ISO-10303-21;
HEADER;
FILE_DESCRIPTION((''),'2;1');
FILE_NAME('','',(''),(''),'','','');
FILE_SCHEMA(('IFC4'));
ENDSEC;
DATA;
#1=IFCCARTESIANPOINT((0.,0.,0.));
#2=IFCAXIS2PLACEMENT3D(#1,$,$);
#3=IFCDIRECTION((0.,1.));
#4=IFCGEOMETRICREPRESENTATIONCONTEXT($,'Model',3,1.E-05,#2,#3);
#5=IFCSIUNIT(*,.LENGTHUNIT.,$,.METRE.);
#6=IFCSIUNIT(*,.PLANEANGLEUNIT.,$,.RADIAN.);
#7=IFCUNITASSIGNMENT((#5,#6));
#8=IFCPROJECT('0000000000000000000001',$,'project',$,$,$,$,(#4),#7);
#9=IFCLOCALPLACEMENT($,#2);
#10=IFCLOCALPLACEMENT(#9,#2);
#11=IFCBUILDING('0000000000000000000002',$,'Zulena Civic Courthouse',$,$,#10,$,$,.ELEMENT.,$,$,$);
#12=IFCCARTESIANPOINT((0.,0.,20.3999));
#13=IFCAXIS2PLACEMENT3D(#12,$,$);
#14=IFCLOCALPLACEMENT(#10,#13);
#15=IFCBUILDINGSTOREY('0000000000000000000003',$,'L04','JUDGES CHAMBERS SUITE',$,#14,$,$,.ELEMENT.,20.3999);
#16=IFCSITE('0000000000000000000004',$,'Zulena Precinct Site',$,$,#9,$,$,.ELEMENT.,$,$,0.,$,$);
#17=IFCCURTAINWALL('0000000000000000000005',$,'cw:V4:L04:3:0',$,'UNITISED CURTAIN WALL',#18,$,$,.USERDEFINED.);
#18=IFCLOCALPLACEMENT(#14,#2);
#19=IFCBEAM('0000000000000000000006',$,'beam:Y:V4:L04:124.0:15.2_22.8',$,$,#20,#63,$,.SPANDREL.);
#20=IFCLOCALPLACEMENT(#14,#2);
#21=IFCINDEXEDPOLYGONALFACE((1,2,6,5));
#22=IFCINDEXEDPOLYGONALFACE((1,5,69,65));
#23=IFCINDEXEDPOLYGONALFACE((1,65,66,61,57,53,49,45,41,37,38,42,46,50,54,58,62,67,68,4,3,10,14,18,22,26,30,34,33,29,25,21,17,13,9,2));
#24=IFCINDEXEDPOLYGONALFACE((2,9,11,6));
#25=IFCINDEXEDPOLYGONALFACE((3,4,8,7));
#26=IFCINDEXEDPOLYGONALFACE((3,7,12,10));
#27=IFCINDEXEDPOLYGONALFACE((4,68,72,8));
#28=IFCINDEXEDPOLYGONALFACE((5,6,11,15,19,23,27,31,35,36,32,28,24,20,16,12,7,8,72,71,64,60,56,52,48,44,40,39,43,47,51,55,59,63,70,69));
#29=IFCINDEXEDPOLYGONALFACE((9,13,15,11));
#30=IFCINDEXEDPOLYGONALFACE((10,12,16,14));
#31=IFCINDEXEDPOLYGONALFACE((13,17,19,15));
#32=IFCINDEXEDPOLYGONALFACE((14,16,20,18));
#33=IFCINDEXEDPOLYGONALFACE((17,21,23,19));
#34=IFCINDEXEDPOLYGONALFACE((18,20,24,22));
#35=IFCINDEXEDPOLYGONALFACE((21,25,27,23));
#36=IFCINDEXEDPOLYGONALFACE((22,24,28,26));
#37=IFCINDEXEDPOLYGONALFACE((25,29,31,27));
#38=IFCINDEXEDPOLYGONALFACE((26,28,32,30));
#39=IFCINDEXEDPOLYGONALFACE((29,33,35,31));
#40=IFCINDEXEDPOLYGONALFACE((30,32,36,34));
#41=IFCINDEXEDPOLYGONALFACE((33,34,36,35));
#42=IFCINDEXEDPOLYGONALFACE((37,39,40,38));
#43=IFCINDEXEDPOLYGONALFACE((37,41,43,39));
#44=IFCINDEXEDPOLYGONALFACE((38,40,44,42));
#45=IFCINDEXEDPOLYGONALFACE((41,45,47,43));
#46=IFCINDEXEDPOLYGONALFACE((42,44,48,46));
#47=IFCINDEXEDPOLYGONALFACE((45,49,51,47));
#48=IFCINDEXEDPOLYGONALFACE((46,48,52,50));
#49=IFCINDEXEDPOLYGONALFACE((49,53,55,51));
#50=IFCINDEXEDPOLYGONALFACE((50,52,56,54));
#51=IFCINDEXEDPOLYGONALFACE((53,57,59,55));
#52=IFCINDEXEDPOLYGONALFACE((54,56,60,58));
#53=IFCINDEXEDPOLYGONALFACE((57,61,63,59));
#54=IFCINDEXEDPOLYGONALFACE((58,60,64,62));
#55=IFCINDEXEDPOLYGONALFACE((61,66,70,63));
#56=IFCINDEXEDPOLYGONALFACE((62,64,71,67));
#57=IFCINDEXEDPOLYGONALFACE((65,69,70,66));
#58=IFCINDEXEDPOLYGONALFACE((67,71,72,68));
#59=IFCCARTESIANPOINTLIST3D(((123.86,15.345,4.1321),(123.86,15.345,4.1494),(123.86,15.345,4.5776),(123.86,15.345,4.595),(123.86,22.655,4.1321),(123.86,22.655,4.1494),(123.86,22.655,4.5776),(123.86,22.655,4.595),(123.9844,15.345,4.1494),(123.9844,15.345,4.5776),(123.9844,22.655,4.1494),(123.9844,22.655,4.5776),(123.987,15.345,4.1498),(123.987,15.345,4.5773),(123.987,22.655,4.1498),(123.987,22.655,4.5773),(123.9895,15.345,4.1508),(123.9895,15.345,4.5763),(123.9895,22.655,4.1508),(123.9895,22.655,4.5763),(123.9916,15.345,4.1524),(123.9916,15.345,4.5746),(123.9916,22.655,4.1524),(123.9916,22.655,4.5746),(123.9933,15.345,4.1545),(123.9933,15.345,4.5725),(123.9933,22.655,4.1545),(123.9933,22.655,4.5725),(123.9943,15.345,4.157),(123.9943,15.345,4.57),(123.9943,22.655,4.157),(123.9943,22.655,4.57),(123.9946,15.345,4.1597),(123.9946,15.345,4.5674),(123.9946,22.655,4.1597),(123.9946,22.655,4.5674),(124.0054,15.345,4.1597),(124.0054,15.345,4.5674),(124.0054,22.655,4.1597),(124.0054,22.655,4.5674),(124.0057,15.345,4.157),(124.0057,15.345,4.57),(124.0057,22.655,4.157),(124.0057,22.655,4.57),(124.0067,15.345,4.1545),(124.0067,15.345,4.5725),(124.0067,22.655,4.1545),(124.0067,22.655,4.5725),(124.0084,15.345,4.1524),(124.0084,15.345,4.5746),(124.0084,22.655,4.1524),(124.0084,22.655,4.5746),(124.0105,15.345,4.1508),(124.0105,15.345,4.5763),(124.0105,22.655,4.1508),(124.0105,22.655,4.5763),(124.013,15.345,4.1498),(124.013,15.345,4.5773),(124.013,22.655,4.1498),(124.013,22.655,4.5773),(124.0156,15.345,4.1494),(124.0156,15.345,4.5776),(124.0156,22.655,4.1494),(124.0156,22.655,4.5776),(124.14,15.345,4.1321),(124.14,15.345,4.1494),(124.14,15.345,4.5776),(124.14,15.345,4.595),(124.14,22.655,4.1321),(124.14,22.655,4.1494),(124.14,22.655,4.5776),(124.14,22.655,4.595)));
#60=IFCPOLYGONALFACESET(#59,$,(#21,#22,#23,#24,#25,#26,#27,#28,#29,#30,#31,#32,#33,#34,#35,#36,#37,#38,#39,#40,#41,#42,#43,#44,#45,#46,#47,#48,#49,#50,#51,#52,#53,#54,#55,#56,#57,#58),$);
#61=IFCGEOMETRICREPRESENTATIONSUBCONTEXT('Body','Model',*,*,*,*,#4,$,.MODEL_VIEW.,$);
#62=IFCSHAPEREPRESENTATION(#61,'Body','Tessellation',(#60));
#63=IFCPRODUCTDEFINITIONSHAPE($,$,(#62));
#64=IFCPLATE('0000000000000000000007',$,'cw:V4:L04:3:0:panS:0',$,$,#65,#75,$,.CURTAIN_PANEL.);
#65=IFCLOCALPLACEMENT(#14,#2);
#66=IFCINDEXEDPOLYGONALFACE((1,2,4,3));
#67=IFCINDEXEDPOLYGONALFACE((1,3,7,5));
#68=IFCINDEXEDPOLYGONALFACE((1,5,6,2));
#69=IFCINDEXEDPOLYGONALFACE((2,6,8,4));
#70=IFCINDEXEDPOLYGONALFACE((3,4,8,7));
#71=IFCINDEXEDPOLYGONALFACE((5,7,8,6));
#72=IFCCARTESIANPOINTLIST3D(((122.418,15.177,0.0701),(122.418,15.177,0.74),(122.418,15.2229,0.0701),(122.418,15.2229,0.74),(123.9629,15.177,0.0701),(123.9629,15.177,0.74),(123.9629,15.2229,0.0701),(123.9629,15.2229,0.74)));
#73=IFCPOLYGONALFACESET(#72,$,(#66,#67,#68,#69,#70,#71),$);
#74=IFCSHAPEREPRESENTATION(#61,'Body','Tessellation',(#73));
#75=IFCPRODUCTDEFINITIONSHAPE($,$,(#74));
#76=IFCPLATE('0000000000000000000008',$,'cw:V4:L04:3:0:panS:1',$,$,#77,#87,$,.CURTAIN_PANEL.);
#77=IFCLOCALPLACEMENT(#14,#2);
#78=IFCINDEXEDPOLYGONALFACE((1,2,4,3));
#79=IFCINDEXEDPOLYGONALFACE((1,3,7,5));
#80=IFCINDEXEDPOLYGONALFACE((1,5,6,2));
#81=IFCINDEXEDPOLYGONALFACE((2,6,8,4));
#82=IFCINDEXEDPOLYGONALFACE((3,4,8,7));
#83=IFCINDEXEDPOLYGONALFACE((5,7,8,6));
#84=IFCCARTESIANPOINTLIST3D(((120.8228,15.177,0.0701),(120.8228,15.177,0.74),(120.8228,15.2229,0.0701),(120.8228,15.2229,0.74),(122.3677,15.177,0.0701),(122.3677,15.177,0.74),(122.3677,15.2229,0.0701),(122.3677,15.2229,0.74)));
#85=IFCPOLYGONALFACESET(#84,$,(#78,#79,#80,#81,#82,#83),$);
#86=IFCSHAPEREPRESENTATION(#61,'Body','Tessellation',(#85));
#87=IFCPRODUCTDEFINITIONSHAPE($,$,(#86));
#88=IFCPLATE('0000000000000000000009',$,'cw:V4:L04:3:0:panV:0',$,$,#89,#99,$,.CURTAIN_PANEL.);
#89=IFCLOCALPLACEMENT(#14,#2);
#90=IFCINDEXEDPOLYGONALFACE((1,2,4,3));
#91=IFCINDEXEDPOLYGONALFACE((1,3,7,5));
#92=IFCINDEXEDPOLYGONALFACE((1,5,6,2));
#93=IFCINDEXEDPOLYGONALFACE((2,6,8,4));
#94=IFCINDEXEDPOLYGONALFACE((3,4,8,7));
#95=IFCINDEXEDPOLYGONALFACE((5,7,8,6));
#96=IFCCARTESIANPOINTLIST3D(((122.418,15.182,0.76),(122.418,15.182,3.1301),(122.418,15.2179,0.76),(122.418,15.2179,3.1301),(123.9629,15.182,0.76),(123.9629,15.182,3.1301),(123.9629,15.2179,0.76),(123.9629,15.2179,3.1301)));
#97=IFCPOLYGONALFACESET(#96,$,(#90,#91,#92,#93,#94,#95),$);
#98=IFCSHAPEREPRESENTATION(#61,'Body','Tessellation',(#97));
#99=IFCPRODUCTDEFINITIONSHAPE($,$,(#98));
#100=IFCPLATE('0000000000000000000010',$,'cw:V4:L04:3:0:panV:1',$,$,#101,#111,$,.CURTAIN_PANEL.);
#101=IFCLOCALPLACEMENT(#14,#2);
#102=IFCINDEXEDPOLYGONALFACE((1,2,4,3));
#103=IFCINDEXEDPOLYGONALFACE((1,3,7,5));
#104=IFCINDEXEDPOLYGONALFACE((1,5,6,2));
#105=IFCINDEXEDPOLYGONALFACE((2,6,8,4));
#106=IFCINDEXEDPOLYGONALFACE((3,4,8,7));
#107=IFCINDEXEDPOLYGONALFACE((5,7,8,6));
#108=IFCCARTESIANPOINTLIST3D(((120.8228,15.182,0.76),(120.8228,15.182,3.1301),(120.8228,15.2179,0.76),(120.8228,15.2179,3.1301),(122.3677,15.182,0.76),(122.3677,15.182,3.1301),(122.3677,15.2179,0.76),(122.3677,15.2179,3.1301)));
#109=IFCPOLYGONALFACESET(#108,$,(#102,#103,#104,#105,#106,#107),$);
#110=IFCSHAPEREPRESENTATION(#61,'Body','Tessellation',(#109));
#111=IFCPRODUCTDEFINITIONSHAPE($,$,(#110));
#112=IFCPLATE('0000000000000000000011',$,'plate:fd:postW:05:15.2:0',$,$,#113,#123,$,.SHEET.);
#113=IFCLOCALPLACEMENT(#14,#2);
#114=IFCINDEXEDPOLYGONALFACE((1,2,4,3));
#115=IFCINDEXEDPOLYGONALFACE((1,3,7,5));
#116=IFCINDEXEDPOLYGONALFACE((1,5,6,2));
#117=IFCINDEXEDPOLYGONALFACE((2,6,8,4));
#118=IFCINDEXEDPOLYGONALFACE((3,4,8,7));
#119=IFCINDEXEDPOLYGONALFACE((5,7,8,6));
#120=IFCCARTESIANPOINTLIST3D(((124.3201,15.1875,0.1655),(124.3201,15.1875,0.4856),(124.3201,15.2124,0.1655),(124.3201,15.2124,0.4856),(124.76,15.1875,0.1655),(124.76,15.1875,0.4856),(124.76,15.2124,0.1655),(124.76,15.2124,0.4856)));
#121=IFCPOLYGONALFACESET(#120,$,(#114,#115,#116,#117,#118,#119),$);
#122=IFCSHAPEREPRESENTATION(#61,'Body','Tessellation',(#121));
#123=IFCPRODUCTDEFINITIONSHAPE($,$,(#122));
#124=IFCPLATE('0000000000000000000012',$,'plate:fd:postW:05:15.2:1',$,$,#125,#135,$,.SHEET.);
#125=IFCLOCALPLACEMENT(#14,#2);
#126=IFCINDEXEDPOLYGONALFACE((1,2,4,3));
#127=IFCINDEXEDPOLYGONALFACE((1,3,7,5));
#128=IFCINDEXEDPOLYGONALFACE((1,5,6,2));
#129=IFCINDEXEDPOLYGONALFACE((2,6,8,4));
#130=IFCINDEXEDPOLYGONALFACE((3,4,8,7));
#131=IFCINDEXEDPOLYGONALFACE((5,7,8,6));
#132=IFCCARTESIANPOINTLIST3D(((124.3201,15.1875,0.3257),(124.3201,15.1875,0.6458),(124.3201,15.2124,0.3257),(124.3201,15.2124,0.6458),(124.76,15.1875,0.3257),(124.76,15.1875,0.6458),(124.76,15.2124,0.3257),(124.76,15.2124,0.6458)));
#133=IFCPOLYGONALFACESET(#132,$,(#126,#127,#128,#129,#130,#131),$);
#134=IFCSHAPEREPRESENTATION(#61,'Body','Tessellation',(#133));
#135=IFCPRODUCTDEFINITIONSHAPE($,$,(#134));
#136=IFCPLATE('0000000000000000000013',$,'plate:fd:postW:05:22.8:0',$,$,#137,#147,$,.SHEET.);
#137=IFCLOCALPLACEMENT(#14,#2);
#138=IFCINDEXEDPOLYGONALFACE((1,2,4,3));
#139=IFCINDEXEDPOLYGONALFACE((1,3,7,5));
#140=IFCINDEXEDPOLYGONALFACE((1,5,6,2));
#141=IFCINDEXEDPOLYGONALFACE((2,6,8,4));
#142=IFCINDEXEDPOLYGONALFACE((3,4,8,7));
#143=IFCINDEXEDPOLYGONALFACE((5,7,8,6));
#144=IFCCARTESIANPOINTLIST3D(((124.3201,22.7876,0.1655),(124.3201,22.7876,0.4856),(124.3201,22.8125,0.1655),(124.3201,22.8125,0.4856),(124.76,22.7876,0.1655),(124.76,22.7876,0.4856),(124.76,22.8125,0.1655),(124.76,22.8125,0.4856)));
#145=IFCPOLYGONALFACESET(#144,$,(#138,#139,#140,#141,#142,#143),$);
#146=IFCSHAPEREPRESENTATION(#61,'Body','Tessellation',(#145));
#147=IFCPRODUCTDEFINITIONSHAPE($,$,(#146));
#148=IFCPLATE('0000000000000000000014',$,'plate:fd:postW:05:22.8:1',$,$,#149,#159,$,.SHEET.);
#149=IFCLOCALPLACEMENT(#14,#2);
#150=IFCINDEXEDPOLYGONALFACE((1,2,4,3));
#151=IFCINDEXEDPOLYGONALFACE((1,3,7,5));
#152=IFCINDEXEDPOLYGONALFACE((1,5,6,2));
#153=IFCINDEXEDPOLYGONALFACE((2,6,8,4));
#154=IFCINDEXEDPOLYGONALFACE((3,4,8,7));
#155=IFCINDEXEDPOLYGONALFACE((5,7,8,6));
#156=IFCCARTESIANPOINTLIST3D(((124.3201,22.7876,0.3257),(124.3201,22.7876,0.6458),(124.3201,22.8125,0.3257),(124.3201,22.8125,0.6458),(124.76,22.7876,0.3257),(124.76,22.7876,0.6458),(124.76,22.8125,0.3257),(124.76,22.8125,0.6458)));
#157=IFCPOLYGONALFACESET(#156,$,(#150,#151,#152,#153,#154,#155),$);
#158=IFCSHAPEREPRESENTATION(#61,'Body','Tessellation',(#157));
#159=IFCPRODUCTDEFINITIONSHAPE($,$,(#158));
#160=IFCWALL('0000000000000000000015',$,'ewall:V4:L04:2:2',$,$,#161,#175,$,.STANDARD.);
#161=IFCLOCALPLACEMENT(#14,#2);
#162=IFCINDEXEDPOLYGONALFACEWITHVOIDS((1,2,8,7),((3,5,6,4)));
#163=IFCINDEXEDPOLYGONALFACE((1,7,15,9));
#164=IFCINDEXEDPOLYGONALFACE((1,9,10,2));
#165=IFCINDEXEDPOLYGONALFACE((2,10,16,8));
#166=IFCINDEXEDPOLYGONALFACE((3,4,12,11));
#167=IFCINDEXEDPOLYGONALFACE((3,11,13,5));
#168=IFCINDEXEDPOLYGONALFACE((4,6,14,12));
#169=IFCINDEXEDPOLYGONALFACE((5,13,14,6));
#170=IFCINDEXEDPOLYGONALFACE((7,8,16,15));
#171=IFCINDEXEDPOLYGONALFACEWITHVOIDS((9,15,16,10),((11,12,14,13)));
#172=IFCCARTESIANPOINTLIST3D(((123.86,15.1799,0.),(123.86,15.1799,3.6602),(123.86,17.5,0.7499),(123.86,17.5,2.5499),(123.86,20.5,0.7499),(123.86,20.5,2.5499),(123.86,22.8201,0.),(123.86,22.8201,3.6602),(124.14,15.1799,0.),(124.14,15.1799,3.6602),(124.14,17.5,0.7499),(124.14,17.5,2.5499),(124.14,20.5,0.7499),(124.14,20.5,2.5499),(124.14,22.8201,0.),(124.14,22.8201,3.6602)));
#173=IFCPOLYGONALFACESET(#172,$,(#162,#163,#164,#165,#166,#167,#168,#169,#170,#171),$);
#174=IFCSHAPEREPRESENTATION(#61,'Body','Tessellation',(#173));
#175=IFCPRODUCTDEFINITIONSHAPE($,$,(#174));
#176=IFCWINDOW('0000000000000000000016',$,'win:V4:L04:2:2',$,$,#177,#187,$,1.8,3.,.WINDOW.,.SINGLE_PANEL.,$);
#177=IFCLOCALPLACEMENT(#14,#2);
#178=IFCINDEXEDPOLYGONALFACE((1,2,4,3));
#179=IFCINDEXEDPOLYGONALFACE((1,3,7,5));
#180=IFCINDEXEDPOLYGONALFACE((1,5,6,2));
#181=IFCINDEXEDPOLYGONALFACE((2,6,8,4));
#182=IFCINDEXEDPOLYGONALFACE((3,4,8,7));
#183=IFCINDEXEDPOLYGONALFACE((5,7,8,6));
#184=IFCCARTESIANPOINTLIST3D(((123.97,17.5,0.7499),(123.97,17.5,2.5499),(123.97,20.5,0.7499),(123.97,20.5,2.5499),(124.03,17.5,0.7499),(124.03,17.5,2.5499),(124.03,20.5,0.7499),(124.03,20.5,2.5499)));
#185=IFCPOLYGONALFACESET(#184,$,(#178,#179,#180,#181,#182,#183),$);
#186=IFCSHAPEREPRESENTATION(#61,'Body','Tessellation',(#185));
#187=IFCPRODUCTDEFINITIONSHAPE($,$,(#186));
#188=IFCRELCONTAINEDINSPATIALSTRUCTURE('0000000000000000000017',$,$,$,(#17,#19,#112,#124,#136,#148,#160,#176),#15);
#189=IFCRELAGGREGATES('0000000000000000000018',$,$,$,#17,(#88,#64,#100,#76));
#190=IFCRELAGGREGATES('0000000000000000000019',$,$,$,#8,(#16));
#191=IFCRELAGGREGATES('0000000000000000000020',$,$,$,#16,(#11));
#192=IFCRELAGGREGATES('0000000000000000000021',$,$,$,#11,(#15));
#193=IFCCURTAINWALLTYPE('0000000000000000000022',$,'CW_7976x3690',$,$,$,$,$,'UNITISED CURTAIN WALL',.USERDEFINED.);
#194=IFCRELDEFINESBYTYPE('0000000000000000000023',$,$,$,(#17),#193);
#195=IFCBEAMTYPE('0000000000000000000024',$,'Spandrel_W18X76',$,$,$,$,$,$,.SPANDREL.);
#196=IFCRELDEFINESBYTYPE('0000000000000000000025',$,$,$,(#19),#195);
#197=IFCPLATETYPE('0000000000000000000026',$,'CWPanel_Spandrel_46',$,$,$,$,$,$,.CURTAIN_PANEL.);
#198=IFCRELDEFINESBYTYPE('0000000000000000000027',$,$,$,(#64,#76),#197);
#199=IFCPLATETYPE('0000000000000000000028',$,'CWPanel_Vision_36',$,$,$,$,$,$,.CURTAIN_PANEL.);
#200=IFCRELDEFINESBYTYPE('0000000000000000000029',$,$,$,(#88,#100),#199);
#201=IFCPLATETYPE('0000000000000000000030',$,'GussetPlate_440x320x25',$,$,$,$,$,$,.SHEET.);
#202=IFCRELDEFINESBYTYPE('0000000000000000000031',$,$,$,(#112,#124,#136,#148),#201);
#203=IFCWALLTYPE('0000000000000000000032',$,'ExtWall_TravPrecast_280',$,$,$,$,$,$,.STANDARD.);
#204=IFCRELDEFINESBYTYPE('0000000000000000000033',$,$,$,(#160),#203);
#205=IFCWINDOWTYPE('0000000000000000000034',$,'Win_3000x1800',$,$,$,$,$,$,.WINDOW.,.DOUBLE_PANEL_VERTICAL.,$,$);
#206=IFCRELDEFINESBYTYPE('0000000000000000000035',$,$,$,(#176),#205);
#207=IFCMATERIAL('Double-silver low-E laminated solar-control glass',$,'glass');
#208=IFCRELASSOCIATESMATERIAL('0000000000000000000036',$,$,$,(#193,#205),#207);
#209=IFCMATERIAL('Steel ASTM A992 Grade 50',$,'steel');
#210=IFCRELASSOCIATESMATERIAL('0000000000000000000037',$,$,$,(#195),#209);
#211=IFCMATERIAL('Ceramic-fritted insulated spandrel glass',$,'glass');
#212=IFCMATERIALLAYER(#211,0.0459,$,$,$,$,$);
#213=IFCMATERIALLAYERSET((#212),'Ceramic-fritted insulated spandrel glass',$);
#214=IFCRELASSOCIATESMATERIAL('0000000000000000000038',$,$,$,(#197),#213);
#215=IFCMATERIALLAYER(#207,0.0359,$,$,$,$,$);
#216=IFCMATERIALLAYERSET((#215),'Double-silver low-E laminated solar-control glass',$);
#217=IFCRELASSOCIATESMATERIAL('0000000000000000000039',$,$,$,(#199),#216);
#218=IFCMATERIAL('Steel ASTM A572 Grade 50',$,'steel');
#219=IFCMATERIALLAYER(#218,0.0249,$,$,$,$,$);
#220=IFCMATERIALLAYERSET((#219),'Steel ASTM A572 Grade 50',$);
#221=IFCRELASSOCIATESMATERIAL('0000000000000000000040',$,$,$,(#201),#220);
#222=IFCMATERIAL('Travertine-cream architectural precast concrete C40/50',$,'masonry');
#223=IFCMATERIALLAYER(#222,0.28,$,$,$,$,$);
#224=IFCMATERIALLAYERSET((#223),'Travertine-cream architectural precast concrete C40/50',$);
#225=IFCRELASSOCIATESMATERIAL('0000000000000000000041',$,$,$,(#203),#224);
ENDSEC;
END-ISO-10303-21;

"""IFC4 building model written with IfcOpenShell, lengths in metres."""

from ifc_helpers import new_model, si_unit, direction, frame, frame_2d, origin, origin_2d, place, context, subcontext, project, spatial, rectangle, i_section, extrude, material, layer, layer_set, material_profile, profile_set, type_object, element, fill, aggregate, save


model = new_model("IFC4")

# Units and contexts
model_context = context("Model", 3, precision=1e-05, world=origin(), true_north=direction((0.0, 1.0)))
body_context = subcontext(model_context, "Body", "Model", "MODEL_VIEW")
ifc_project = project(units=[si_unit("LENGTHUNIT", "METRE"), si_unit("PLANEANGLEUNIT", "RADIAN")], contexts=[model_context])

# Site, building, storey
site_placement = place(None, origin())
site = spatial("IfcSite", under=ifc_project, at=site_placement, Name="Zulena Precinct Site", CompositionType="ELEMENT", RefElevation=0.0)
building_placement = place(site_placement, origin())
building = spatial("IfcBuilding", under=site, at=building_placement, Name="Zulena Civic Courthouse", CompositionType="ELEMENT")
storey_placement = place(building_placement, frame((0.0, 0.0, 20.3999)))
storey = spatial("IfcBuildingStorey", under=building, at=storey_placement, Name="L04", Description="JUDGES CHAMBERS SUITE", CompositionType="ELEMENT", Elevation=20.3999)

# Shared definitions
ifc_material_1 = material(Name="Steel ASTM A992 Grade 50", Category="steel")

# Curtain wall
ifc_material_2 = material(Name="Double-silver low-E laminated solar-control glass", Category="glass")
curtain_wall_type = type_object("IfcCurtainWallType", Name="CW_7976x3690", ElementType="UNITISED CURTAIN WALL", PredefinedType="USERDEFINED", material=ifc_material_2)
curtain_wall_placement = place(storey_placement, origin())
curtain_wall = element("IfcCurtainWall", 1, at=curtain_wall_placement, inside=storey, type_object=curtain_wall_type, Name="cw:V4:L04:3:0", ObjectType="UNITISED CURTAIN WALL", PredefinedType="USERDEFINED")

# Beam
ifc_material_profile_1 = material_profile(ifc_material_1, i_section(OverallWidth=0.28, OverallDepth=0.4629, WebThickness=0.0107, FlangeThickness=0.0173, FilletRadius=0.0103, at=origin_2d()), Name="W18X76")
ifc_profile_set_1 = profile_set([ifc_material_profile_1], Name="Steel ASTM A992 Grade 50")
beam_type_1 = type_object("IfcBeamType", Name="Spandrel_W18X76", PredefinedType="SPANDREL", material=ifc_profile_set_1)
beam_1_placement = place(storey_placement, frame((124.0, 15.345, 4.3635), z_axis=(0.0, 1.0, 0.0), x_axis=(-1.0, 0.0, 0.0)))
element("IfcBeam", 2, at=beam_1_placement, inside=storey, type_object=beam_type_1, Name="beam:Y:V4:L04:124.0:15.2_22.8", PredefinedType="SPANDREL", context=body_context, shape_type="SweptSolid", body=[
    extrude(i_section(OverallWidth=0.28, OverallDepth=0.4629, WebThickness=0.0107, FlangeThickness=0.0173, FilletRadius=0.0103, at=origin_2d()), origin(), (0.0, 0.0, 1.0), 7.3101),
])

# Plates
ifc_material_3 = material(Name="Ceramic-fritted insulated spandrel glass", Category="glass")
ifc_layer_1 = layer(ifc_material_3, 0.0459)
ifc_layer_set_1 = layer_set([ifc_layer_1], Name="Ceramic-fritted insulated spandrel glass")
plate_type_1 = type_object("IfcPlateType", Name="CWPanel_Spandrel_46", PredefinedType="CURTAIN_PANEL", material=ifc_layer_set_1)
plate_1_placement = place(storey_placement, frame((123.1904, 15.2, 0.0701), z_axis=(0.0, 0.0, 1.0), x_axis=(-1.0, 0.0, 0.0)))
plate_1 = element("IfcPlate", 3, at=plate_1_placement, type_object=plate_type_1, Name="cw:V4:L04:3:0:panS:0", PredefinedType="CURTAIN_PANEL", context=body_context, shape_type="SweptSolid", body=[
    extrude(rectangle(XDim=1.5449, YDim=0.0459, at=origin_2d()), origin(), (0.0, 0.0, 1.0), 0.6699),
])
plate_2_placement = place(storey_placement, frame((121.5952, 15.2, 0.0701), z_axis=(0.0, 0.0, 1.0), x_axis=(-1.0, 0.0, 0.0)))
plate_2 = element("IfcPlate", 4, at=plate_2_placement, type_object=plate_type_1, Name="cw:V4:L04:3:0:panS:1", PredefinedType="CURTAIN_PANEL", context=body_context, shape_type="SweptSolid", body=[
    extrude(rectangle(XDim=1.5449, YDim=0.0459, at=origin_2d()), origin(), (0.0, 0.0, 1.0), 0.6699),
])
ifc_layer_2 = layer(ifc_material_2, 0.0359)
ifc_layer_set_2 = layer_set([ifc_layer_2], Name="Double-silver low-E laminated solar-control glass")
plate_type_2 = type_object("IfcPlateType", Name="CWPanel_Vision_36", PredefinedType="CURTAIN_PANEL", material=ifc_layer_set_2)
plate_3_placement = place(storey_placement, frame((123.1904, 15.2, 0.76), z_axis=(0.0, 0.0, 1.0), x_axis=(-1.0, 0.0, 0.0)))
plate_3 = element("IfcPlate", 5, at=plate_3_placement, type_object=plate_type_2, Name="cw:V4:L04:3:0:panV:0", PredefinedType="CURTAIN_PANEL", context=body_context, shape_type="SweptSolid", body=[
    extrude(rectangle(XDim=1.5449, YDim=0.0359, at=origin_2d()), origin(), (0.0, 0.0, 1.0), 2.3701),
])
plate_4_placement = place(storey_placement, frame((121.5952, 15.2, 0.76), z_axis=(0.0, 0.0, 1.0), x_axis=(-1.0, 0.0, 0.0)))
plate_4 = element("IfcPlate", 6, at=plate_4_placement, type_object=plate_type_2, Name="cw:V4:L04:3:0:panV:1", PredefinedType="CURTAIN_PANEL", context=body_context, shape_type="SweptSolid", body=[
    extrude(rectangle(XDim=1.5449, YDim=0.0359, at=origin_2d()), origin(), (0.0, 0.0, 1.0), 2.3701),
])
aggregate(curtain_wall, [plate_3, plate_1, plate_4, plate_2])

# Plates
ifc_material_4 = material(Name="Steel ASTM A572 Grade 50", Category="steel")
ifc_layer_3 = layer(ifc_material_4, 0.0249)
ifc_layer_set_3 = layer_set([ifc_layer_3], Name="Steel ASTM A572 Grade 50")
plate_type_3 = type_object("IfcPlateType", Name="GussetPlate_440x320x25", PredefinedType="SHEET", material=ifc_layer_set_3)
for number, where, z_axis, x_axis, name in (
    (7, (124.54, 15.2, 0.1655), (0.0, 0.0, 1.0), (1.0, 0.0, 0.0), "plate:fd:postW:05:15.2:0"),
    (8, (124.54, 15.2, 0.3257), (0.0, 0.0, 1.0), (1.0, 0.0, 0.0), "plate:fd:postW:05:15.2:1"),
    (9, (124.54, 22.8, 0.1655), (0.0, 0.0, 1.0), (1.0, 0.0, 0.0), "plate:fd:postW:05:22.8:0"),
    (10, (124.54, 22.8, 0.3257), (0.0, 0.0, 1.0), (1.0, 0.0, 0.0), "plate:fd:postW:05:22.8:1"),
):
    element("IfcPlate", number, at=place(storey_placement, frame(where, z_axis=z_axis, x_axis=x_axis)), inside=storey, type_object=plate_type_3, Name=name, PredefinedType="SHEET", context=body_context, shape_type="SweptSolid", body=[
        extrude(rectangle(XDim=0.4399, YDim=0.0249, at=origin_2d()), origin(), (0.0, 0.0, 1.0), 0.3201),
    ])

# Wall, opening, window
ifc_material_5 = material(Name="Travertine-cream architectural precast concrete C40/50", Category="masonry")
ifc_layer_4 = layer(ifc_material_5, 0.28)
ifc_layer_set_4 = layer_set([ifc_layer_4], Name="Travertine-cream architectural precast concrete C40/50")
wall_type = type_object("IfcWallType", Name="ExtWall_TravPrecast_280", PredefinedType="STANDARD", material=ifc_layer_set_4)
wall_placement = place(storey_placement, frame((124.0, 22.8201, 0.0), z_axis=(0.0, 0.0, 1.0), x_axis=(0.0, -1.0, 0.0)))
wall = element("IfcWall", 11, at=wall_placement, inside=storey, type_object=wall_type, Name="ewall:V4:L04:2:2", PredefinedType="STANDARD", context=body_context, shape_type="SweptSolid", body=[
    extrude(rectangle(XDim=7.6401, YDim=0.28, at=frame_2d((3.8201, 0.0))), origin(), (0.0, 0.0, 1.0), 3.6602),
])
opening_placement = place(wall_placement, frame((2.3201, 0.0, 0.75)))
opening = element("IfcOpeningElement", 12, at=opening_placement, cuts=wall, PredefinedType="OPENING", context=body_context, shape_type="SweptSolid", body=[
    extrude(rectangle(XDim=3.0, YDim=1.8, at=frame_2d((1.5, 0.8999))), frame((0.0, 0.1499, 0.0), z_axis=(0.0, -1.0, 0.0), x_axis=(1.0, 0.0, 0.0)), (0.0, 0.0, 1.0), 0.3),
])
window_type = type_object("IfcWindowType", Name="Win_3000x1800", PartitioningType="DOUBLE_PANEL_VERTICAL", PredefinedType="WINDOW", material=ifc_material_2)
window_placement = place(opening_placement, origin())
window = element("IfcWindow", 13, at=window_placement, inside=storey, type_object=window_type, Name="win:V4:L04:2:2", OverallHeight=1.8, OverallWidth=3.0, PartitioningType="SINGLE_PANEL", PredefinedType="WINDOW", context=body_context, shape_type="SweptSolid", body=[
    extrude(rectangle(XDim=3.0, YDim=1.8, at=frame_2d((1.5, 0.8999))), frame((0.0, 0.03, 0.0), z_axis=(0.0, -1.0, 0.0), x_axis=(1.0, 0.0, 0.0)), (0.0, 0.0, 1.0), 0.0601),
])
fill(opening, window)

save(model, "model.ifc")
